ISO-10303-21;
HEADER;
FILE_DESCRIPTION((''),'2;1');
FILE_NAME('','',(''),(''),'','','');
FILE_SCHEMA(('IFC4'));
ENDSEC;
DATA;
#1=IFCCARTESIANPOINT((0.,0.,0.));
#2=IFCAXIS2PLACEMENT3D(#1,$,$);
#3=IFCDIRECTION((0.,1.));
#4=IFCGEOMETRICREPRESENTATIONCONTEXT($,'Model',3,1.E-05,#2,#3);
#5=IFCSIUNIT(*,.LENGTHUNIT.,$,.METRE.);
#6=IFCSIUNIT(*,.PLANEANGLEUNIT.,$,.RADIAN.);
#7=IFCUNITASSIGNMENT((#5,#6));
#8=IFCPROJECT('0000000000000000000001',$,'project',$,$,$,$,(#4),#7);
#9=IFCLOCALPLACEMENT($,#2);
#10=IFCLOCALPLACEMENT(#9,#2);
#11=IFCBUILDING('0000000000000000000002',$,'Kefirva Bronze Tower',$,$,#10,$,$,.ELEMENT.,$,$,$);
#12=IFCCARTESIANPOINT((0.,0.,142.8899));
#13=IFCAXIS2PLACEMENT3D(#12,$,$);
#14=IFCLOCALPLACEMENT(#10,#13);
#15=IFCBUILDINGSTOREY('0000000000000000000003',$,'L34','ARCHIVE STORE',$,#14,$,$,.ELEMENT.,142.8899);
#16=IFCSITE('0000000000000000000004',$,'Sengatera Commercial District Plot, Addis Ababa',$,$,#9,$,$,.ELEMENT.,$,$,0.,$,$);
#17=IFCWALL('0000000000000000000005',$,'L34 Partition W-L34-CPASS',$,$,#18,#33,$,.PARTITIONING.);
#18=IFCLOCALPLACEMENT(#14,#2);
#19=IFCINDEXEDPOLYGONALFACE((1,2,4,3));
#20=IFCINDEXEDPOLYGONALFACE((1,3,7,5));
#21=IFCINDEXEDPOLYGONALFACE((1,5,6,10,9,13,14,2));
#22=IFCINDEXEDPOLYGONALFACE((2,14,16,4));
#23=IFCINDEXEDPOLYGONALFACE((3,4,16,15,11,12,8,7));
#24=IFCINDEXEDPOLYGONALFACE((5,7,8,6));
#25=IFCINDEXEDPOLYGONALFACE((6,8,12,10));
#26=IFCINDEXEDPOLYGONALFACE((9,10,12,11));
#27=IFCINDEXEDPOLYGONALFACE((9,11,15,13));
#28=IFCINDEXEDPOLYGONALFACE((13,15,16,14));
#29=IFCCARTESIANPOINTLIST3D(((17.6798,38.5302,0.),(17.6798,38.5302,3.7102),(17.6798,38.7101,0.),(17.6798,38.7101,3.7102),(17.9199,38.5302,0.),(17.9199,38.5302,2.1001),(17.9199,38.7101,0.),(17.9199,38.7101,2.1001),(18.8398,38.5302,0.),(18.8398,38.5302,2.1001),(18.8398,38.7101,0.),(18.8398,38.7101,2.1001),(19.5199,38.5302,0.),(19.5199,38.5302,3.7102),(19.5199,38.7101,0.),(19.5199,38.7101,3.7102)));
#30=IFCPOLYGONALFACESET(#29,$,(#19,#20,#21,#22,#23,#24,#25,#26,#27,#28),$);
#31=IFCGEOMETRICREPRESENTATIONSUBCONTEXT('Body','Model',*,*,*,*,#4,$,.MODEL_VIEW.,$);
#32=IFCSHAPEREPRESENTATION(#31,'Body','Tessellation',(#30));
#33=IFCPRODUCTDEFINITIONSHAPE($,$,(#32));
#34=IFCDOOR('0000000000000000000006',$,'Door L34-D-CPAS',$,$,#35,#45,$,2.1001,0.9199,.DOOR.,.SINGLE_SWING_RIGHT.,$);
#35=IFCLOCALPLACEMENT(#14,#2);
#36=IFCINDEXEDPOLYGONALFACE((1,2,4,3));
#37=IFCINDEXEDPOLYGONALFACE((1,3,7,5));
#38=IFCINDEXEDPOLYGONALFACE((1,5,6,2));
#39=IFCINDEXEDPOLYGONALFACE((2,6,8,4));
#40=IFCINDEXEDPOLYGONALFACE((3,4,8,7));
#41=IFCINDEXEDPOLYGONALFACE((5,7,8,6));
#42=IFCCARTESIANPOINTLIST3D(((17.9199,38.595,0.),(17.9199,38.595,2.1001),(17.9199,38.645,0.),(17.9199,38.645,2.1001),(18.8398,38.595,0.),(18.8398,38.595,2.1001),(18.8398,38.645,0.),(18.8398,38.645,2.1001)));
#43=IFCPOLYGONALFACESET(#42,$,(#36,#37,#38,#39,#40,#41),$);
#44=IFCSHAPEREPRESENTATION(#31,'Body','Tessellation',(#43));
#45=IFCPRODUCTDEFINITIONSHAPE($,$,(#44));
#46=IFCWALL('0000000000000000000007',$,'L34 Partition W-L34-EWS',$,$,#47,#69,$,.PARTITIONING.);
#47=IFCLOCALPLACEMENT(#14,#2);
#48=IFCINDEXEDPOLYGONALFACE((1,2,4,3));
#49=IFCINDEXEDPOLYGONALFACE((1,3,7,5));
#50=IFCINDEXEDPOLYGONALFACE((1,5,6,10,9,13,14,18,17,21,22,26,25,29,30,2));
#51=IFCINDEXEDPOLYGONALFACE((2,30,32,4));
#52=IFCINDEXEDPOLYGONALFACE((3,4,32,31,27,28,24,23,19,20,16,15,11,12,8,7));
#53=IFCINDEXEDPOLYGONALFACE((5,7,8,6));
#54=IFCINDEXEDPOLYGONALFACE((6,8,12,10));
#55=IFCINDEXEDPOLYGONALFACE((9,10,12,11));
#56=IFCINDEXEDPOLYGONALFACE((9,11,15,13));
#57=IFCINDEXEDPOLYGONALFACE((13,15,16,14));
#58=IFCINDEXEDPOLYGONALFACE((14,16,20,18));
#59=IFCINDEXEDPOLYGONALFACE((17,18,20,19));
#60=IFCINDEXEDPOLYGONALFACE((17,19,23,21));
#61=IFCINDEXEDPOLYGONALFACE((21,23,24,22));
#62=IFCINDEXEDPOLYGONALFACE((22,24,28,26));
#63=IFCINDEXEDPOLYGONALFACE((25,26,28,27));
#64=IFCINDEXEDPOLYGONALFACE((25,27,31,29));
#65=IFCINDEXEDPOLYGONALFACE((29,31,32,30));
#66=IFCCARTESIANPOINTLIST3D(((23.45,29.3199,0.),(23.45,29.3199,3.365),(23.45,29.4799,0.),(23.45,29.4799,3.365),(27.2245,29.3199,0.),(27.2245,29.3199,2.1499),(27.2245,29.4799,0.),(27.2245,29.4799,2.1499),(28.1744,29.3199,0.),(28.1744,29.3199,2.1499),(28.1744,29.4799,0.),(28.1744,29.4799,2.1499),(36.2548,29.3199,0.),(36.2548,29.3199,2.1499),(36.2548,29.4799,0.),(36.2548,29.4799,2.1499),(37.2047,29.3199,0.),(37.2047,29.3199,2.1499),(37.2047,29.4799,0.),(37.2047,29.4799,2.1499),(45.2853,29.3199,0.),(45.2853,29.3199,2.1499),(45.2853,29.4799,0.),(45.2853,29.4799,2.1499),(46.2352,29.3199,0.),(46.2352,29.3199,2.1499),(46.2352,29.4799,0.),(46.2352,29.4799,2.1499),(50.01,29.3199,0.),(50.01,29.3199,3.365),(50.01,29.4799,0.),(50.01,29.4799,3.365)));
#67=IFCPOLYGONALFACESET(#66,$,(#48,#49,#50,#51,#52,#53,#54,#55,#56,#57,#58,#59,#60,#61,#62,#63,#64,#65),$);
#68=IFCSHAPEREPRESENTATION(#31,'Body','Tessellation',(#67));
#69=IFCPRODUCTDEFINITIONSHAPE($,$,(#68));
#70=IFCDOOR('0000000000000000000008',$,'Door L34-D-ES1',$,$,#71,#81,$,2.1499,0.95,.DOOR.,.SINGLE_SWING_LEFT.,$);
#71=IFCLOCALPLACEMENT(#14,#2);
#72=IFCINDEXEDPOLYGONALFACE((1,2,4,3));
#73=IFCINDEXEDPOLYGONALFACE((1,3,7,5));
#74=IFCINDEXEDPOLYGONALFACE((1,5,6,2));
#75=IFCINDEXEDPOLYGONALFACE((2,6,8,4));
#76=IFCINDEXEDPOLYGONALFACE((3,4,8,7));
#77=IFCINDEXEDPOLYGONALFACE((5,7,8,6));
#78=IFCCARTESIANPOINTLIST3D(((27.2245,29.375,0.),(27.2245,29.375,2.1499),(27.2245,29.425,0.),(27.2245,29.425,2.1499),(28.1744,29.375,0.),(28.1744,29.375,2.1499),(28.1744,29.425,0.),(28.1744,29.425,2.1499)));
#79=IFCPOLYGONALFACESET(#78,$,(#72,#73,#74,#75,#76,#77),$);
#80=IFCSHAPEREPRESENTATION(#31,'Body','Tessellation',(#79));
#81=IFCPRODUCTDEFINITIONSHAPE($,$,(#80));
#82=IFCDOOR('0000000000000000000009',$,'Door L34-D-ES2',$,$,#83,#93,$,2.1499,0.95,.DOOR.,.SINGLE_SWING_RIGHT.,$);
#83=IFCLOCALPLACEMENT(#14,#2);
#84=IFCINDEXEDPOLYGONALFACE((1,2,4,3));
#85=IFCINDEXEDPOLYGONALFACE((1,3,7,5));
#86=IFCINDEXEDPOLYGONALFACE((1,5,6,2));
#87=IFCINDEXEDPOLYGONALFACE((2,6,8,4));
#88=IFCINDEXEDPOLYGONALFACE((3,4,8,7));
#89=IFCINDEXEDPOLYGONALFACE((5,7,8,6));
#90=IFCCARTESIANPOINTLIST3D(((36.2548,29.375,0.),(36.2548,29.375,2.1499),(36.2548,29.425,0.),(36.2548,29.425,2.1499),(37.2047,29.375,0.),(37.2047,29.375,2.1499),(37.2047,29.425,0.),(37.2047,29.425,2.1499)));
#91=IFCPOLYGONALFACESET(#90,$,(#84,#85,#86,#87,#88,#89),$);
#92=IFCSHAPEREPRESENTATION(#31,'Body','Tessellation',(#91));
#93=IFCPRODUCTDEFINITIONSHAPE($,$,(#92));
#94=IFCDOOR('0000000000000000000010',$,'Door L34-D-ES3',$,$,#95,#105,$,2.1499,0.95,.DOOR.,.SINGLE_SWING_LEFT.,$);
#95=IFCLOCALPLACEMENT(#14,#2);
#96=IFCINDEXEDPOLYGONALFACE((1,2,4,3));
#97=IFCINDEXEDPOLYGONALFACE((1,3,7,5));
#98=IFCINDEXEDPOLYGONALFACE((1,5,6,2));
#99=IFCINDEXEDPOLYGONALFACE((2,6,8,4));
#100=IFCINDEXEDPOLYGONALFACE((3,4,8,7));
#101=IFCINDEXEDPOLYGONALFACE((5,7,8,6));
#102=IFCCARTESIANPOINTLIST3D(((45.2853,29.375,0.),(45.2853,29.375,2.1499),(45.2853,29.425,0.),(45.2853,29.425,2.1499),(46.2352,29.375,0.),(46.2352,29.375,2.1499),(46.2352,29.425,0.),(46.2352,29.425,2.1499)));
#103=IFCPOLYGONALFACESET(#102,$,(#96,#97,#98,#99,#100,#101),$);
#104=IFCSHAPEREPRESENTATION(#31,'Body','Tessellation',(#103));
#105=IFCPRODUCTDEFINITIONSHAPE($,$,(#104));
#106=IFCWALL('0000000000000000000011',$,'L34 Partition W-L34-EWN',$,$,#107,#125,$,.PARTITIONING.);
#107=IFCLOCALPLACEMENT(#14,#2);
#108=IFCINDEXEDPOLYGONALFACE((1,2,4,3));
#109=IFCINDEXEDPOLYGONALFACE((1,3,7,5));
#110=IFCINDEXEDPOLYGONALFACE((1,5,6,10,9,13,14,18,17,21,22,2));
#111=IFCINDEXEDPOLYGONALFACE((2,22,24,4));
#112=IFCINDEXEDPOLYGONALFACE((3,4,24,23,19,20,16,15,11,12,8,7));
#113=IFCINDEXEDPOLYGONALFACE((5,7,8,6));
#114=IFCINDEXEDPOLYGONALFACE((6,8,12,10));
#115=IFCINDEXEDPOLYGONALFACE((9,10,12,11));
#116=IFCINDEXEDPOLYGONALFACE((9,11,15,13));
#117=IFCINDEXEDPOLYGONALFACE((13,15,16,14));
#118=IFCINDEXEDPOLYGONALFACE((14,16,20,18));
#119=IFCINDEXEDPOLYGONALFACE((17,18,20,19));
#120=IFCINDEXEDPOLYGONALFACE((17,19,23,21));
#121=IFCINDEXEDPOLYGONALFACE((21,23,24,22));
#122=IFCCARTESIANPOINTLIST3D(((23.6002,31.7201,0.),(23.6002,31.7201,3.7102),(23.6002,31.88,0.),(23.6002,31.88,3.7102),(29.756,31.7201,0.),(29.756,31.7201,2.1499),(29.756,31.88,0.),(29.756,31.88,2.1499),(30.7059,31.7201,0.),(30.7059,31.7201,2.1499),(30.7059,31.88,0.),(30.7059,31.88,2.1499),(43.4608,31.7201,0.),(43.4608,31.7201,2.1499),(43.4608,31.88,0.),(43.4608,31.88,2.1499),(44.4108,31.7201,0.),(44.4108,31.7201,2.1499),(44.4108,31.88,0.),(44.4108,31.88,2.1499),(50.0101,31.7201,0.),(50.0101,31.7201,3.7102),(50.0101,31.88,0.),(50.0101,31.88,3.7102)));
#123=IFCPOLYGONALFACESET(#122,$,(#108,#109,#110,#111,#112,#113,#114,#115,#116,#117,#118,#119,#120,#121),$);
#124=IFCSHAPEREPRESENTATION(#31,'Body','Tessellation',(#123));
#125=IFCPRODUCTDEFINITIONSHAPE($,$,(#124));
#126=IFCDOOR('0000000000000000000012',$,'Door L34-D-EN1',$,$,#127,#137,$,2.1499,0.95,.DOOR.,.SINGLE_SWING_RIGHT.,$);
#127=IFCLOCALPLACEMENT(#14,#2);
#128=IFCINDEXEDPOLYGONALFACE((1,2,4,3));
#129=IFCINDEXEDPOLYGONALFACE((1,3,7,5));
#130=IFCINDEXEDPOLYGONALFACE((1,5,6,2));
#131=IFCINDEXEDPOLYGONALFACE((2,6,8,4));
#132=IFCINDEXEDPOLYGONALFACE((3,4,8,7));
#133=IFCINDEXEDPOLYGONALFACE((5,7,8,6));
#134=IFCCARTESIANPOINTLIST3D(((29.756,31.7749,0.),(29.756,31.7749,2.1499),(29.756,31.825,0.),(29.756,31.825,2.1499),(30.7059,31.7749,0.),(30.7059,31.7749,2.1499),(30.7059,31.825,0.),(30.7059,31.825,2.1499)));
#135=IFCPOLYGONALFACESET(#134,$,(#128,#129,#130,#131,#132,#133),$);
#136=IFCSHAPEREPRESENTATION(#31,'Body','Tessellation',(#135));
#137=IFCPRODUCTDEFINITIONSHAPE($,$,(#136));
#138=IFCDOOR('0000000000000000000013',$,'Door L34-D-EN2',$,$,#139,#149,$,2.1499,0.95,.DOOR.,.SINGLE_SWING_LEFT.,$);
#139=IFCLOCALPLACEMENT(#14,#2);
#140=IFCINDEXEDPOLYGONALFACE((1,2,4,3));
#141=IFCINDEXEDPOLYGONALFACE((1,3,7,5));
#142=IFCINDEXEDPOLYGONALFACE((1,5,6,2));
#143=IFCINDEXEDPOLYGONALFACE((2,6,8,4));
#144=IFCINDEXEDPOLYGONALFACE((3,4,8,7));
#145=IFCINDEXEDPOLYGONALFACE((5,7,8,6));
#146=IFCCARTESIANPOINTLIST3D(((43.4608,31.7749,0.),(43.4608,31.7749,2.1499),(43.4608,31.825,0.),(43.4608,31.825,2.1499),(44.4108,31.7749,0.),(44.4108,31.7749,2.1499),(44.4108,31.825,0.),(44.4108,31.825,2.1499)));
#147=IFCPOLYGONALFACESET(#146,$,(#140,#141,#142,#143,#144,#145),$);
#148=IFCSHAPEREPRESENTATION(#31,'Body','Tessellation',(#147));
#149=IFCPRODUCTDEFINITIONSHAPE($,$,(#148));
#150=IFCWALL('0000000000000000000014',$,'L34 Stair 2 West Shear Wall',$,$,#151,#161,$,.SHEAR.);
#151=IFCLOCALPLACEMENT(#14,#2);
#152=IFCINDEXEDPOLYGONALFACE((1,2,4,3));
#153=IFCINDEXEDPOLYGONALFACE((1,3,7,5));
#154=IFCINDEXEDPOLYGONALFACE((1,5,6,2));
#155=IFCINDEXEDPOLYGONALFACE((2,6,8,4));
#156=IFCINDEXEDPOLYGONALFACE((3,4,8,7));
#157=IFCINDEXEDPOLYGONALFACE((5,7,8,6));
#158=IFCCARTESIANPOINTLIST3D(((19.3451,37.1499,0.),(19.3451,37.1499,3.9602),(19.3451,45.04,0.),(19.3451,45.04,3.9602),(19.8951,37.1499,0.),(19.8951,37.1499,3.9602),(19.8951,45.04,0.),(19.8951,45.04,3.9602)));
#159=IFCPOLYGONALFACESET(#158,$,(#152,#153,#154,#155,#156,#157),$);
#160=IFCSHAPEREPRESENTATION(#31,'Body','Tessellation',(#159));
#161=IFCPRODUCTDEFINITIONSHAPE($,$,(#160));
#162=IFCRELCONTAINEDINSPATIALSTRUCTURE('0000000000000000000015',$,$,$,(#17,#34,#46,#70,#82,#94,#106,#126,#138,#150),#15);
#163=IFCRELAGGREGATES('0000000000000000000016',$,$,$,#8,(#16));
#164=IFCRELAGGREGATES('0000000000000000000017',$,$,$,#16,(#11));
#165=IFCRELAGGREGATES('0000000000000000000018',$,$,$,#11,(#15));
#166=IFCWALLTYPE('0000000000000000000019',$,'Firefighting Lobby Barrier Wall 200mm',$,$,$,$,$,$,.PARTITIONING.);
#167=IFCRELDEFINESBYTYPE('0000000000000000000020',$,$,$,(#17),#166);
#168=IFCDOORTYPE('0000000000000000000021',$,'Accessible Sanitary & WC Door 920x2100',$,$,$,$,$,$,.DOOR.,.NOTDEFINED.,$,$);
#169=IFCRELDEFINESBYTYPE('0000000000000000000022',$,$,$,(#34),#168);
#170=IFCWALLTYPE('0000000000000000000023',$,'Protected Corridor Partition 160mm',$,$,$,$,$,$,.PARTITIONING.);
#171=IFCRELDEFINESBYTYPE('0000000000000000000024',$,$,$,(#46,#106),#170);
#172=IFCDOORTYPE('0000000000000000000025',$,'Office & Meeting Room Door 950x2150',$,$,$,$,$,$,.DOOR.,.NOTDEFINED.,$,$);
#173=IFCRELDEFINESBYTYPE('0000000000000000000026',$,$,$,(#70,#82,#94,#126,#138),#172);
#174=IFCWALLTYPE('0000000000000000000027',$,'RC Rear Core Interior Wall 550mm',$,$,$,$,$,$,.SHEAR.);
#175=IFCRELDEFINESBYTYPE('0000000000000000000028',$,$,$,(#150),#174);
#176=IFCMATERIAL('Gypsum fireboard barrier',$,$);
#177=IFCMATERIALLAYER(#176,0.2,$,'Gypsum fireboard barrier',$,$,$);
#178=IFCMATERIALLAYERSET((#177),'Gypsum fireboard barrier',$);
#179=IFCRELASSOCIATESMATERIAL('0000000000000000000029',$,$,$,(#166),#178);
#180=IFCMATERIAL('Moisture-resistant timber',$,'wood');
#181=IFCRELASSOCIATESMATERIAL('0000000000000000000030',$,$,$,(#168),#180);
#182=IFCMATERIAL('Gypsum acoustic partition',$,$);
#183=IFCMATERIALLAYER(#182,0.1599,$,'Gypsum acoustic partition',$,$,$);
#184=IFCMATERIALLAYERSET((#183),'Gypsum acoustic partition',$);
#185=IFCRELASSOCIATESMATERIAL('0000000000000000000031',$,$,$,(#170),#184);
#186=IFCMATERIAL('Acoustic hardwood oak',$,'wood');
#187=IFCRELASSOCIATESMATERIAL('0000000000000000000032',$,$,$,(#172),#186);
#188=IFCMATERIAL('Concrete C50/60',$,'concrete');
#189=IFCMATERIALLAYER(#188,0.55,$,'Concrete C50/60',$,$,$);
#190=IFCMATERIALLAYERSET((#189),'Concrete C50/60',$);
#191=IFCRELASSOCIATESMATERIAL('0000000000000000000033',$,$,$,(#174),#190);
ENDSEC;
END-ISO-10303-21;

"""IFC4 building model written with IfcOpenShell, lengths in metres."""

from ifc_helpers import new_model, si_unit, direction, frame, frame_2d, origin, place, context, subcontext, project, spatial, rectangle, extrude, material, layer, layer_set, type_object, element, fill, save


model = new_model("IFC4")

# Units and contexts
model_context = context("Model", 3, precision=1e-05, world=origin(), true_north=direction((0.0, 1.0)))
body_context = subcontext(model_context, "Body", "Model", "MODEL_VIEW")
ifc_project = project(units=[si_unit("LENGTHUNIT", "METRE"), si_unit("PLANEANGLEUNIT", "RADIAN")], contexts=[model_context])

# Site, building, storey
site_placement = place(None, origin())
site = spatial("IfcSite", under=ifc_project, at=site_placement, Name="Sengatera Commercial District Plot, Addis Ababa", CompositionType="ELEMENT", RefElevation=0.0)
building_placement = place(site_placement, origin())
building = spatial("IfcBuilding", under=site, at=building_placement, Name="Kefirva Bronze Tower", CompositionType="ELEMENT")
storey_placement = place(building_placement, frame((0.0, 0.0, 142.8899)))
storey = spatial("IfcBuildingStorey", under=building, at=storey_placement, Name="L34", Description="ARCHIVE STORE", CompositionType="ELEMENT", Elevation=142.8899)

# Wall, opening, door
ifc_material_1 = material(Name="Gypsum fireboard barrier")
ifc_layer_1 = layer(ifc_material_1, 0.2, Name="Gypsum fireboard barrier")
ifc_layer_set_1 = layer_set([ifc_layer_1], Name="Gypsum fireboard barrier")
wall_type_1 = type_object("IfcWallType", Name="Firefighting Lobby Barrier Wall 200mm", PredefinedType="PARTITIONING", material=ifc_layer_set_1)
wall_1_placement = place(storey_placement, frame((17.6799, 38.6201, 0.0), z_axis=(0.0, 0.0, 1.0), x_axis=(1.0, 0.0, 0.0)))
wall_1 = element("IfcWall", 1, at=wall_1_placement, inside=storey, type_object=wall_type_1, Name="L34 Partition W-L34-CPASS", PredefinedType="PARTITIONING", context=body_context, shape_type="SweptSolid", body=[
    extrude(rectangle(XDim=1.8401, YDim=0.1799, at=frame_2d((0.9199, 0.0))), origin(), (0.0, 0.0, 1.0), 3.7102),
])
opening_1_placement = place(wall_1_placement, frame((0.24, 0.0, 0.0)))
opening_1 = element("IfcOpeningElement", 2, at=opening_1_placement, cuts=wall_1, PredefinedType="OPENING", context=body_context, shape_type="SweptSolid", body=[
    extrude(rectangle(XDim=0.9199, YDim=2.1001, at=frame_2d((0.46, 1.05))), frame((0.0, 0.1001, 0.0), z_axis=(0.0, -1.0, 0.0), x_axis=(1.0, 0.0, 0.0)), (0.0, 0.0, 1.0), 0.2),
])
ifc_material_2 = material(Name="Moisture-resistant timber", Category="wood")
door_type_1 = type_object("IfcDoorType", Name="Accessible Sanitary & WC Door 920x2100", OperationType="NOTDEFINED", PredefinedType="DOOR", material=ifc_material_2)
door_1_placement = place(opening_1_placement, origin())
door_1 = element("IfcDoor", 3, at=door_1_placement, inside=storey, type_object=door_type_1, Name="Door L34-D-CPAS", OperationType="SINGLE_SWING_RIGHT", OverallHeight=2.1001, OverallWidth=0.9199, PredefinedType="DOOR", context=body_context, shape_type="SweptSolid", body=[
    extrude(rectangle(XDim=0.9199, YDim=2.1001, at=frame_2d((0.46, 1.05))), frame((0.0, 0.0249, 0.0), z_axis=(0.0, -1.0, 0.0), x_axis=(1.0, 0.0, 0.0)), (0.0, 0.0, 1.0), 0.05),
])
fill(opening_1, door_1)

# Walls, openings, doors
ifc_material_3 = material(Name="Gypsum acoustic partition")
ifc_layer_2 = layer(ifc_material_3, 0.1599, Name="Gypsum acoustic partition")
ifc_layer_set_2 = layer_set([ifc_layer_2], Name="Gypsum acoustic partition")
wall_type_2 = type_object("IfcWallType", Name="Protected Corridor Partition 160mm", PredefinedType="PARTITIONING", material=ifc_layer_set_2)
wall_2_placement = place(storey_placement, frame((23.45, 29.3999, 0.0), z_axis=(0.0, 0.0, 1.0), x_axis=(1.0, 0.0, 0.0)))
wall_2 = element("IfcWall", 4, at=wall_2_placement, inside=storey, type_object=wall_type_2, Name="L34 Partition W-L34-EWS", PredefinedType="PARTITIONING", context=body_context, shape_type="SweptSolid", body=[
    extrude(rectangle(XDim=26.5601, YDim=0.1599, at=frame_2d((13.28, 0.0))), origin(), (0.0, 0.0, 1.0), 3.365),
])
opening_2_placement = place(wall_2_placement, frame((4.7246, 0.0, 0.0), z_axis=(0.0, 0.0, 1.0), x_axis=(-1.0, 0.0, 0.0)))
opening_2 = element("IfcOpeningElement", 5, at=opening_2_placement, cuts=wall_2, PredefinedType="OPENING", context=body_context, shape_type="SweptSolid", body=[
    extrude(rectangle(XDim=0.95, YDim=2.1499, at=frame_2d((0.4751, 1.075))), frame((0.0, 0.0898, 0.0), z_axis=(0.0, -1.0, 0.0), x_axis=(1.0, 0.0, 0.0)), (0.0, 0.0, 1.0), 0.1799),
])
opening_3_placement = place(wall_2_placement, frame((13.7549, 0.0, 0.0), z_axis=(0.0, 0.0, 1.0), x_axis=(-1.0, 0.0, 0.0)))
opening_3 = element("IfcOpeningElement", 6, at=opening_3_placement, cuts=wall_2, PredefinedType="OPENING", context=body_context, shape_type="SweptSolid", body=[
    extrude(rectangle(XDim=0.95, YDim=2.1499, at=frame_2d((0.4751, 1.075))), frame((0.0, 0.0898, 0.0), z_axis=(0.0, -1.0, 0.0), x_axis=(1.0, 0.0, 0.0)), (0.0, 0.0, 1.0), 0.1799),
])
opening_4_placement = place(wall_2_placement, frame((22.7854, 0.0, 0.0), z_axis=(0.0, 0.0, 1.0), x_axis=(-1.0, 0.0, 0.0)))
opening_4 = element("IfcOpeningElement", 7, at=opening_4_placement, cuts=wall_2, PredefinedType="OPENING", context=body_context, shape_type="SweptSolid", body=[
    extrude(rectangle(XDim=0.95, YDim=2.1499, at=frame_2d((0.4751, 1.075))), frame((0.0, 0.0898, 0.0), z_axis=(0.0, -1.0, 0.0), x_axis=(1.0, 0.0, 0.0)), (0.0, 0.0, 1.0), 0.1799),
])
ifc_material_4 = material(Name="Acoustic hardwood oak", Category="wood")
door_type_2 = type_object("IfcDoorType", Name="Office & Meeting Room Door 950x2150", OperationType="NOTDEFINED", PredefinedType="DOOR", material=ifc_material_4)
door_2_placement = place(opening_2_placement, origin())
door_2 = element("IfcDoor", 8, at=door_2_placement, inside=storey, type_object=door_type_2, Name="Door L34-D-ES1", OperationType="SINGLE_SWING_LEFT", OverallHeight=2.1499, OverallWidth=0.95, PredefinedType="DOOR", context=body_context, shape_type="SweptSolid", body=[
    extrude(rectangle(XDim=0.95, YDim=2.1499, at=frame_2d((0.4751, 1.075))), frame((0.0, 0.0249, 0.0), z_axis=(0.0, -1.0, 0.0), x_axis=(1.0, 0.0, 0.0)), (0.0, 0.0, 1.0), 0.05),
])
fill(opening_2, door_2)
door_3_placement = place(opening_3_placement, origin())
door_3 = element("IfcDoor", 9, at=door_3_placement, inside=storey, type_object=door_type_2, Name="Door L34-D-ES2", OperationType="SINGLE_SWING_RIGHT", OverallHeight=2.1499, OverallWidth=0.95, PredefinedType="DOOR", context=body_context, shape_type="SweptSolid", body=[
    extrude(rectangle(XDim=0.95, YDim=2.1499, at=frame_2d((0.4751, 1.075))), frame((0.0, 0.0249, 0.0), z_axis=(0.0, -1.0, 0.0), x_axis=(1.0, 0.0, 0.0)), (0.0, 0.0, 1.0), 0.05),
])
fill(opening_3, door_3)
door_4_placement = place(opening_4_placement, origin())
door_4 = element("IfcDoor", 10, at=door_4_placement, inside=storey, type_object=door_type_2, Name="Door L34-D-ES3", OperationType="SINGLE_SWING_LEFT", OverallHeight=2.1499, OverallWidth=0.95, PredefinedType="DOOR", context=body_context, shape_type="SweptSolid", body=[
    extrude(rectangle(XDim=0.95, YDim=2.1499, at=frame_2d((0.4751, 1.075))), frame((0.0, 0.0249, 0.0), z_axis=(0.0, -1.0, 0.0), x_axis=(1.0, 0.0, 0.0)), (0.0, 0.0, 1.0), 0.05),
])
fill(opening_4, door_4)
wall_3_placement = place(storey_placement, frame((23.6001, 31.8, 0.0), z_axis=(0.0, 0.0, 1.0), x_axis=(1.0, 0.0, 0.0)))
wall_3 = element("IfcWall", 11, at=wall_3_placement, inside=storey, type_object=wall_type_2, Name="L34 Partition W-L34-EWN", PredefinedType="PARTITIONING", context=body_context, shape_type="SweptSolid", body=[
    extrude(rectangle(XDim=26.4099, YDim=0.1599, at=frame_2d((13.2051, 0.0))), origin(), (0.0, 0.0, 1.0), 3.7102),
])
opening_5_placement = place(wall_3_placement, frame((6.1558, 0.0, 0.0)))
opening_5 = element("IfcOpeningElement", 12, at=opening_5_placement, cuts=wall_3, PredefinedType="OPENING", context=body_context, shape_type="SweptSolid", body=[
    extrude(rectangle(XDim=0.95, YDim=2.1499, at=frame_2d((0.4751, 1.075))), frame((0.0, 0.0898, 0.0), z_axis=(0.0, -1.0, 0.0), x_axis=(1.0, 0.0, 0.0)), (0.0, 0.0, 1.0), 0.1799),
])
opening_6_placement = place(wall_3_placement, frame((19.8606, 0.0, 0.0)))
opening_6 = element("IfcOpeningElement", 13, at=opening_6_placement, cuts=wall_3, PredefinedType="OPENING", context=body_context, shape_type="SweptSolid", body=[
    extrude(rectangle(XDim=0.95, YDim=2.1499, at=frame_2d((0.4751, 1.075))), frame((0.0, 0.0898, 0.0), z_axis=(0.0, -1.0, 0.0), x_axis=(1.0, 0.0, 0.0)), (0.0, 0.0, 1.0), 0.1799),
])
door_5_placement = place(opening_5_placement, origin())
door_5 = element("IfcDoor", 14, at=door_5_placement, inside=storey, type_object=door_type_2, Name="Door L34-D-EN1", OperationType="SINGLE_SWING_RIGHT", OverallHeight=2.1499, OverallWidth=0.95, PredefinedType="DOOR", context=body_context, shape_type="SweptSolid", body=[
    extrude(rectangle(XDim=0.95, YDim=2.1499, at=frame_2d((0.4751, 1.075))), frame((0.0, 0.0249, 0.0), z_axis=(0.0, -1.0, 0.0), x_axis=(1.0, 0.0, 0.0)), (0.0, 0.0, 1.0), 0.05),
])
fill(opening_5, door_5)
door_6_placement = place(opening_6_placement, origin())
door_6 = element("IfcDoor", 15, at=door_6_placement, inside=storey, type_object=door_type_2, Name="Door L34-D-EN2", OperationType="SINGLE_SWING_LEFT", OverallHeight=2.1499, OverallWidth=0.95, PredefinedType="DOOR", context=body_context, shape_type="SweptSolid", body=[
    extrude(rectangle(XDim=0.95, YDim=2.1499, at=frame_2d((0.4751, 1.075))), frame((0.0, 0.0249, 0.0), z_axis=(0.0, -1.0, 0.0), x_axis=(1.0, 0.0, 0.0)), (0.0, 0.0, 1.0), 0.05),
])
fill(opening_6, door_6)

# Wall
ifc_material_5 = material(Name="Concrete C50/60", Category="concrete")
ifc_layer_3 = layer(ifc_material_5, 0.55, Name="Concrete C50/60")
ifc_layer_set_3 = layer_set([ifc_layer_3], Name="Concrete C50/60")
wall_type_3 = type_object("IfcWallType", Name="RC Rear Core Interior Wall 550mm", PredefinedType="SHEAR", material=ifc_layer_set_3)
wall_4_placement = place(storey_placement, frame((19.6201, 37.1499, 0.0), z_axis=(0.0, 0.0, 1.0), x_axis=(0.0, 1.0, 0.0)))
element("IfcWall", 16, at=wall_4_placement, inside=storey, type_object=wall_type_3, Name="L34 Stair 2 West Shear Wall", PredefinedType="SHEAR", context=body_context, shape_type="SweptSolid", body=[
    extrude(rectangle(XDim=7.8901, YDim=0.55, at=frame_2d((3.9451, 0.0))), origin(), (0.0, 0.0, 1.0), 3.9602),
])

save(model, "model.ifc")
